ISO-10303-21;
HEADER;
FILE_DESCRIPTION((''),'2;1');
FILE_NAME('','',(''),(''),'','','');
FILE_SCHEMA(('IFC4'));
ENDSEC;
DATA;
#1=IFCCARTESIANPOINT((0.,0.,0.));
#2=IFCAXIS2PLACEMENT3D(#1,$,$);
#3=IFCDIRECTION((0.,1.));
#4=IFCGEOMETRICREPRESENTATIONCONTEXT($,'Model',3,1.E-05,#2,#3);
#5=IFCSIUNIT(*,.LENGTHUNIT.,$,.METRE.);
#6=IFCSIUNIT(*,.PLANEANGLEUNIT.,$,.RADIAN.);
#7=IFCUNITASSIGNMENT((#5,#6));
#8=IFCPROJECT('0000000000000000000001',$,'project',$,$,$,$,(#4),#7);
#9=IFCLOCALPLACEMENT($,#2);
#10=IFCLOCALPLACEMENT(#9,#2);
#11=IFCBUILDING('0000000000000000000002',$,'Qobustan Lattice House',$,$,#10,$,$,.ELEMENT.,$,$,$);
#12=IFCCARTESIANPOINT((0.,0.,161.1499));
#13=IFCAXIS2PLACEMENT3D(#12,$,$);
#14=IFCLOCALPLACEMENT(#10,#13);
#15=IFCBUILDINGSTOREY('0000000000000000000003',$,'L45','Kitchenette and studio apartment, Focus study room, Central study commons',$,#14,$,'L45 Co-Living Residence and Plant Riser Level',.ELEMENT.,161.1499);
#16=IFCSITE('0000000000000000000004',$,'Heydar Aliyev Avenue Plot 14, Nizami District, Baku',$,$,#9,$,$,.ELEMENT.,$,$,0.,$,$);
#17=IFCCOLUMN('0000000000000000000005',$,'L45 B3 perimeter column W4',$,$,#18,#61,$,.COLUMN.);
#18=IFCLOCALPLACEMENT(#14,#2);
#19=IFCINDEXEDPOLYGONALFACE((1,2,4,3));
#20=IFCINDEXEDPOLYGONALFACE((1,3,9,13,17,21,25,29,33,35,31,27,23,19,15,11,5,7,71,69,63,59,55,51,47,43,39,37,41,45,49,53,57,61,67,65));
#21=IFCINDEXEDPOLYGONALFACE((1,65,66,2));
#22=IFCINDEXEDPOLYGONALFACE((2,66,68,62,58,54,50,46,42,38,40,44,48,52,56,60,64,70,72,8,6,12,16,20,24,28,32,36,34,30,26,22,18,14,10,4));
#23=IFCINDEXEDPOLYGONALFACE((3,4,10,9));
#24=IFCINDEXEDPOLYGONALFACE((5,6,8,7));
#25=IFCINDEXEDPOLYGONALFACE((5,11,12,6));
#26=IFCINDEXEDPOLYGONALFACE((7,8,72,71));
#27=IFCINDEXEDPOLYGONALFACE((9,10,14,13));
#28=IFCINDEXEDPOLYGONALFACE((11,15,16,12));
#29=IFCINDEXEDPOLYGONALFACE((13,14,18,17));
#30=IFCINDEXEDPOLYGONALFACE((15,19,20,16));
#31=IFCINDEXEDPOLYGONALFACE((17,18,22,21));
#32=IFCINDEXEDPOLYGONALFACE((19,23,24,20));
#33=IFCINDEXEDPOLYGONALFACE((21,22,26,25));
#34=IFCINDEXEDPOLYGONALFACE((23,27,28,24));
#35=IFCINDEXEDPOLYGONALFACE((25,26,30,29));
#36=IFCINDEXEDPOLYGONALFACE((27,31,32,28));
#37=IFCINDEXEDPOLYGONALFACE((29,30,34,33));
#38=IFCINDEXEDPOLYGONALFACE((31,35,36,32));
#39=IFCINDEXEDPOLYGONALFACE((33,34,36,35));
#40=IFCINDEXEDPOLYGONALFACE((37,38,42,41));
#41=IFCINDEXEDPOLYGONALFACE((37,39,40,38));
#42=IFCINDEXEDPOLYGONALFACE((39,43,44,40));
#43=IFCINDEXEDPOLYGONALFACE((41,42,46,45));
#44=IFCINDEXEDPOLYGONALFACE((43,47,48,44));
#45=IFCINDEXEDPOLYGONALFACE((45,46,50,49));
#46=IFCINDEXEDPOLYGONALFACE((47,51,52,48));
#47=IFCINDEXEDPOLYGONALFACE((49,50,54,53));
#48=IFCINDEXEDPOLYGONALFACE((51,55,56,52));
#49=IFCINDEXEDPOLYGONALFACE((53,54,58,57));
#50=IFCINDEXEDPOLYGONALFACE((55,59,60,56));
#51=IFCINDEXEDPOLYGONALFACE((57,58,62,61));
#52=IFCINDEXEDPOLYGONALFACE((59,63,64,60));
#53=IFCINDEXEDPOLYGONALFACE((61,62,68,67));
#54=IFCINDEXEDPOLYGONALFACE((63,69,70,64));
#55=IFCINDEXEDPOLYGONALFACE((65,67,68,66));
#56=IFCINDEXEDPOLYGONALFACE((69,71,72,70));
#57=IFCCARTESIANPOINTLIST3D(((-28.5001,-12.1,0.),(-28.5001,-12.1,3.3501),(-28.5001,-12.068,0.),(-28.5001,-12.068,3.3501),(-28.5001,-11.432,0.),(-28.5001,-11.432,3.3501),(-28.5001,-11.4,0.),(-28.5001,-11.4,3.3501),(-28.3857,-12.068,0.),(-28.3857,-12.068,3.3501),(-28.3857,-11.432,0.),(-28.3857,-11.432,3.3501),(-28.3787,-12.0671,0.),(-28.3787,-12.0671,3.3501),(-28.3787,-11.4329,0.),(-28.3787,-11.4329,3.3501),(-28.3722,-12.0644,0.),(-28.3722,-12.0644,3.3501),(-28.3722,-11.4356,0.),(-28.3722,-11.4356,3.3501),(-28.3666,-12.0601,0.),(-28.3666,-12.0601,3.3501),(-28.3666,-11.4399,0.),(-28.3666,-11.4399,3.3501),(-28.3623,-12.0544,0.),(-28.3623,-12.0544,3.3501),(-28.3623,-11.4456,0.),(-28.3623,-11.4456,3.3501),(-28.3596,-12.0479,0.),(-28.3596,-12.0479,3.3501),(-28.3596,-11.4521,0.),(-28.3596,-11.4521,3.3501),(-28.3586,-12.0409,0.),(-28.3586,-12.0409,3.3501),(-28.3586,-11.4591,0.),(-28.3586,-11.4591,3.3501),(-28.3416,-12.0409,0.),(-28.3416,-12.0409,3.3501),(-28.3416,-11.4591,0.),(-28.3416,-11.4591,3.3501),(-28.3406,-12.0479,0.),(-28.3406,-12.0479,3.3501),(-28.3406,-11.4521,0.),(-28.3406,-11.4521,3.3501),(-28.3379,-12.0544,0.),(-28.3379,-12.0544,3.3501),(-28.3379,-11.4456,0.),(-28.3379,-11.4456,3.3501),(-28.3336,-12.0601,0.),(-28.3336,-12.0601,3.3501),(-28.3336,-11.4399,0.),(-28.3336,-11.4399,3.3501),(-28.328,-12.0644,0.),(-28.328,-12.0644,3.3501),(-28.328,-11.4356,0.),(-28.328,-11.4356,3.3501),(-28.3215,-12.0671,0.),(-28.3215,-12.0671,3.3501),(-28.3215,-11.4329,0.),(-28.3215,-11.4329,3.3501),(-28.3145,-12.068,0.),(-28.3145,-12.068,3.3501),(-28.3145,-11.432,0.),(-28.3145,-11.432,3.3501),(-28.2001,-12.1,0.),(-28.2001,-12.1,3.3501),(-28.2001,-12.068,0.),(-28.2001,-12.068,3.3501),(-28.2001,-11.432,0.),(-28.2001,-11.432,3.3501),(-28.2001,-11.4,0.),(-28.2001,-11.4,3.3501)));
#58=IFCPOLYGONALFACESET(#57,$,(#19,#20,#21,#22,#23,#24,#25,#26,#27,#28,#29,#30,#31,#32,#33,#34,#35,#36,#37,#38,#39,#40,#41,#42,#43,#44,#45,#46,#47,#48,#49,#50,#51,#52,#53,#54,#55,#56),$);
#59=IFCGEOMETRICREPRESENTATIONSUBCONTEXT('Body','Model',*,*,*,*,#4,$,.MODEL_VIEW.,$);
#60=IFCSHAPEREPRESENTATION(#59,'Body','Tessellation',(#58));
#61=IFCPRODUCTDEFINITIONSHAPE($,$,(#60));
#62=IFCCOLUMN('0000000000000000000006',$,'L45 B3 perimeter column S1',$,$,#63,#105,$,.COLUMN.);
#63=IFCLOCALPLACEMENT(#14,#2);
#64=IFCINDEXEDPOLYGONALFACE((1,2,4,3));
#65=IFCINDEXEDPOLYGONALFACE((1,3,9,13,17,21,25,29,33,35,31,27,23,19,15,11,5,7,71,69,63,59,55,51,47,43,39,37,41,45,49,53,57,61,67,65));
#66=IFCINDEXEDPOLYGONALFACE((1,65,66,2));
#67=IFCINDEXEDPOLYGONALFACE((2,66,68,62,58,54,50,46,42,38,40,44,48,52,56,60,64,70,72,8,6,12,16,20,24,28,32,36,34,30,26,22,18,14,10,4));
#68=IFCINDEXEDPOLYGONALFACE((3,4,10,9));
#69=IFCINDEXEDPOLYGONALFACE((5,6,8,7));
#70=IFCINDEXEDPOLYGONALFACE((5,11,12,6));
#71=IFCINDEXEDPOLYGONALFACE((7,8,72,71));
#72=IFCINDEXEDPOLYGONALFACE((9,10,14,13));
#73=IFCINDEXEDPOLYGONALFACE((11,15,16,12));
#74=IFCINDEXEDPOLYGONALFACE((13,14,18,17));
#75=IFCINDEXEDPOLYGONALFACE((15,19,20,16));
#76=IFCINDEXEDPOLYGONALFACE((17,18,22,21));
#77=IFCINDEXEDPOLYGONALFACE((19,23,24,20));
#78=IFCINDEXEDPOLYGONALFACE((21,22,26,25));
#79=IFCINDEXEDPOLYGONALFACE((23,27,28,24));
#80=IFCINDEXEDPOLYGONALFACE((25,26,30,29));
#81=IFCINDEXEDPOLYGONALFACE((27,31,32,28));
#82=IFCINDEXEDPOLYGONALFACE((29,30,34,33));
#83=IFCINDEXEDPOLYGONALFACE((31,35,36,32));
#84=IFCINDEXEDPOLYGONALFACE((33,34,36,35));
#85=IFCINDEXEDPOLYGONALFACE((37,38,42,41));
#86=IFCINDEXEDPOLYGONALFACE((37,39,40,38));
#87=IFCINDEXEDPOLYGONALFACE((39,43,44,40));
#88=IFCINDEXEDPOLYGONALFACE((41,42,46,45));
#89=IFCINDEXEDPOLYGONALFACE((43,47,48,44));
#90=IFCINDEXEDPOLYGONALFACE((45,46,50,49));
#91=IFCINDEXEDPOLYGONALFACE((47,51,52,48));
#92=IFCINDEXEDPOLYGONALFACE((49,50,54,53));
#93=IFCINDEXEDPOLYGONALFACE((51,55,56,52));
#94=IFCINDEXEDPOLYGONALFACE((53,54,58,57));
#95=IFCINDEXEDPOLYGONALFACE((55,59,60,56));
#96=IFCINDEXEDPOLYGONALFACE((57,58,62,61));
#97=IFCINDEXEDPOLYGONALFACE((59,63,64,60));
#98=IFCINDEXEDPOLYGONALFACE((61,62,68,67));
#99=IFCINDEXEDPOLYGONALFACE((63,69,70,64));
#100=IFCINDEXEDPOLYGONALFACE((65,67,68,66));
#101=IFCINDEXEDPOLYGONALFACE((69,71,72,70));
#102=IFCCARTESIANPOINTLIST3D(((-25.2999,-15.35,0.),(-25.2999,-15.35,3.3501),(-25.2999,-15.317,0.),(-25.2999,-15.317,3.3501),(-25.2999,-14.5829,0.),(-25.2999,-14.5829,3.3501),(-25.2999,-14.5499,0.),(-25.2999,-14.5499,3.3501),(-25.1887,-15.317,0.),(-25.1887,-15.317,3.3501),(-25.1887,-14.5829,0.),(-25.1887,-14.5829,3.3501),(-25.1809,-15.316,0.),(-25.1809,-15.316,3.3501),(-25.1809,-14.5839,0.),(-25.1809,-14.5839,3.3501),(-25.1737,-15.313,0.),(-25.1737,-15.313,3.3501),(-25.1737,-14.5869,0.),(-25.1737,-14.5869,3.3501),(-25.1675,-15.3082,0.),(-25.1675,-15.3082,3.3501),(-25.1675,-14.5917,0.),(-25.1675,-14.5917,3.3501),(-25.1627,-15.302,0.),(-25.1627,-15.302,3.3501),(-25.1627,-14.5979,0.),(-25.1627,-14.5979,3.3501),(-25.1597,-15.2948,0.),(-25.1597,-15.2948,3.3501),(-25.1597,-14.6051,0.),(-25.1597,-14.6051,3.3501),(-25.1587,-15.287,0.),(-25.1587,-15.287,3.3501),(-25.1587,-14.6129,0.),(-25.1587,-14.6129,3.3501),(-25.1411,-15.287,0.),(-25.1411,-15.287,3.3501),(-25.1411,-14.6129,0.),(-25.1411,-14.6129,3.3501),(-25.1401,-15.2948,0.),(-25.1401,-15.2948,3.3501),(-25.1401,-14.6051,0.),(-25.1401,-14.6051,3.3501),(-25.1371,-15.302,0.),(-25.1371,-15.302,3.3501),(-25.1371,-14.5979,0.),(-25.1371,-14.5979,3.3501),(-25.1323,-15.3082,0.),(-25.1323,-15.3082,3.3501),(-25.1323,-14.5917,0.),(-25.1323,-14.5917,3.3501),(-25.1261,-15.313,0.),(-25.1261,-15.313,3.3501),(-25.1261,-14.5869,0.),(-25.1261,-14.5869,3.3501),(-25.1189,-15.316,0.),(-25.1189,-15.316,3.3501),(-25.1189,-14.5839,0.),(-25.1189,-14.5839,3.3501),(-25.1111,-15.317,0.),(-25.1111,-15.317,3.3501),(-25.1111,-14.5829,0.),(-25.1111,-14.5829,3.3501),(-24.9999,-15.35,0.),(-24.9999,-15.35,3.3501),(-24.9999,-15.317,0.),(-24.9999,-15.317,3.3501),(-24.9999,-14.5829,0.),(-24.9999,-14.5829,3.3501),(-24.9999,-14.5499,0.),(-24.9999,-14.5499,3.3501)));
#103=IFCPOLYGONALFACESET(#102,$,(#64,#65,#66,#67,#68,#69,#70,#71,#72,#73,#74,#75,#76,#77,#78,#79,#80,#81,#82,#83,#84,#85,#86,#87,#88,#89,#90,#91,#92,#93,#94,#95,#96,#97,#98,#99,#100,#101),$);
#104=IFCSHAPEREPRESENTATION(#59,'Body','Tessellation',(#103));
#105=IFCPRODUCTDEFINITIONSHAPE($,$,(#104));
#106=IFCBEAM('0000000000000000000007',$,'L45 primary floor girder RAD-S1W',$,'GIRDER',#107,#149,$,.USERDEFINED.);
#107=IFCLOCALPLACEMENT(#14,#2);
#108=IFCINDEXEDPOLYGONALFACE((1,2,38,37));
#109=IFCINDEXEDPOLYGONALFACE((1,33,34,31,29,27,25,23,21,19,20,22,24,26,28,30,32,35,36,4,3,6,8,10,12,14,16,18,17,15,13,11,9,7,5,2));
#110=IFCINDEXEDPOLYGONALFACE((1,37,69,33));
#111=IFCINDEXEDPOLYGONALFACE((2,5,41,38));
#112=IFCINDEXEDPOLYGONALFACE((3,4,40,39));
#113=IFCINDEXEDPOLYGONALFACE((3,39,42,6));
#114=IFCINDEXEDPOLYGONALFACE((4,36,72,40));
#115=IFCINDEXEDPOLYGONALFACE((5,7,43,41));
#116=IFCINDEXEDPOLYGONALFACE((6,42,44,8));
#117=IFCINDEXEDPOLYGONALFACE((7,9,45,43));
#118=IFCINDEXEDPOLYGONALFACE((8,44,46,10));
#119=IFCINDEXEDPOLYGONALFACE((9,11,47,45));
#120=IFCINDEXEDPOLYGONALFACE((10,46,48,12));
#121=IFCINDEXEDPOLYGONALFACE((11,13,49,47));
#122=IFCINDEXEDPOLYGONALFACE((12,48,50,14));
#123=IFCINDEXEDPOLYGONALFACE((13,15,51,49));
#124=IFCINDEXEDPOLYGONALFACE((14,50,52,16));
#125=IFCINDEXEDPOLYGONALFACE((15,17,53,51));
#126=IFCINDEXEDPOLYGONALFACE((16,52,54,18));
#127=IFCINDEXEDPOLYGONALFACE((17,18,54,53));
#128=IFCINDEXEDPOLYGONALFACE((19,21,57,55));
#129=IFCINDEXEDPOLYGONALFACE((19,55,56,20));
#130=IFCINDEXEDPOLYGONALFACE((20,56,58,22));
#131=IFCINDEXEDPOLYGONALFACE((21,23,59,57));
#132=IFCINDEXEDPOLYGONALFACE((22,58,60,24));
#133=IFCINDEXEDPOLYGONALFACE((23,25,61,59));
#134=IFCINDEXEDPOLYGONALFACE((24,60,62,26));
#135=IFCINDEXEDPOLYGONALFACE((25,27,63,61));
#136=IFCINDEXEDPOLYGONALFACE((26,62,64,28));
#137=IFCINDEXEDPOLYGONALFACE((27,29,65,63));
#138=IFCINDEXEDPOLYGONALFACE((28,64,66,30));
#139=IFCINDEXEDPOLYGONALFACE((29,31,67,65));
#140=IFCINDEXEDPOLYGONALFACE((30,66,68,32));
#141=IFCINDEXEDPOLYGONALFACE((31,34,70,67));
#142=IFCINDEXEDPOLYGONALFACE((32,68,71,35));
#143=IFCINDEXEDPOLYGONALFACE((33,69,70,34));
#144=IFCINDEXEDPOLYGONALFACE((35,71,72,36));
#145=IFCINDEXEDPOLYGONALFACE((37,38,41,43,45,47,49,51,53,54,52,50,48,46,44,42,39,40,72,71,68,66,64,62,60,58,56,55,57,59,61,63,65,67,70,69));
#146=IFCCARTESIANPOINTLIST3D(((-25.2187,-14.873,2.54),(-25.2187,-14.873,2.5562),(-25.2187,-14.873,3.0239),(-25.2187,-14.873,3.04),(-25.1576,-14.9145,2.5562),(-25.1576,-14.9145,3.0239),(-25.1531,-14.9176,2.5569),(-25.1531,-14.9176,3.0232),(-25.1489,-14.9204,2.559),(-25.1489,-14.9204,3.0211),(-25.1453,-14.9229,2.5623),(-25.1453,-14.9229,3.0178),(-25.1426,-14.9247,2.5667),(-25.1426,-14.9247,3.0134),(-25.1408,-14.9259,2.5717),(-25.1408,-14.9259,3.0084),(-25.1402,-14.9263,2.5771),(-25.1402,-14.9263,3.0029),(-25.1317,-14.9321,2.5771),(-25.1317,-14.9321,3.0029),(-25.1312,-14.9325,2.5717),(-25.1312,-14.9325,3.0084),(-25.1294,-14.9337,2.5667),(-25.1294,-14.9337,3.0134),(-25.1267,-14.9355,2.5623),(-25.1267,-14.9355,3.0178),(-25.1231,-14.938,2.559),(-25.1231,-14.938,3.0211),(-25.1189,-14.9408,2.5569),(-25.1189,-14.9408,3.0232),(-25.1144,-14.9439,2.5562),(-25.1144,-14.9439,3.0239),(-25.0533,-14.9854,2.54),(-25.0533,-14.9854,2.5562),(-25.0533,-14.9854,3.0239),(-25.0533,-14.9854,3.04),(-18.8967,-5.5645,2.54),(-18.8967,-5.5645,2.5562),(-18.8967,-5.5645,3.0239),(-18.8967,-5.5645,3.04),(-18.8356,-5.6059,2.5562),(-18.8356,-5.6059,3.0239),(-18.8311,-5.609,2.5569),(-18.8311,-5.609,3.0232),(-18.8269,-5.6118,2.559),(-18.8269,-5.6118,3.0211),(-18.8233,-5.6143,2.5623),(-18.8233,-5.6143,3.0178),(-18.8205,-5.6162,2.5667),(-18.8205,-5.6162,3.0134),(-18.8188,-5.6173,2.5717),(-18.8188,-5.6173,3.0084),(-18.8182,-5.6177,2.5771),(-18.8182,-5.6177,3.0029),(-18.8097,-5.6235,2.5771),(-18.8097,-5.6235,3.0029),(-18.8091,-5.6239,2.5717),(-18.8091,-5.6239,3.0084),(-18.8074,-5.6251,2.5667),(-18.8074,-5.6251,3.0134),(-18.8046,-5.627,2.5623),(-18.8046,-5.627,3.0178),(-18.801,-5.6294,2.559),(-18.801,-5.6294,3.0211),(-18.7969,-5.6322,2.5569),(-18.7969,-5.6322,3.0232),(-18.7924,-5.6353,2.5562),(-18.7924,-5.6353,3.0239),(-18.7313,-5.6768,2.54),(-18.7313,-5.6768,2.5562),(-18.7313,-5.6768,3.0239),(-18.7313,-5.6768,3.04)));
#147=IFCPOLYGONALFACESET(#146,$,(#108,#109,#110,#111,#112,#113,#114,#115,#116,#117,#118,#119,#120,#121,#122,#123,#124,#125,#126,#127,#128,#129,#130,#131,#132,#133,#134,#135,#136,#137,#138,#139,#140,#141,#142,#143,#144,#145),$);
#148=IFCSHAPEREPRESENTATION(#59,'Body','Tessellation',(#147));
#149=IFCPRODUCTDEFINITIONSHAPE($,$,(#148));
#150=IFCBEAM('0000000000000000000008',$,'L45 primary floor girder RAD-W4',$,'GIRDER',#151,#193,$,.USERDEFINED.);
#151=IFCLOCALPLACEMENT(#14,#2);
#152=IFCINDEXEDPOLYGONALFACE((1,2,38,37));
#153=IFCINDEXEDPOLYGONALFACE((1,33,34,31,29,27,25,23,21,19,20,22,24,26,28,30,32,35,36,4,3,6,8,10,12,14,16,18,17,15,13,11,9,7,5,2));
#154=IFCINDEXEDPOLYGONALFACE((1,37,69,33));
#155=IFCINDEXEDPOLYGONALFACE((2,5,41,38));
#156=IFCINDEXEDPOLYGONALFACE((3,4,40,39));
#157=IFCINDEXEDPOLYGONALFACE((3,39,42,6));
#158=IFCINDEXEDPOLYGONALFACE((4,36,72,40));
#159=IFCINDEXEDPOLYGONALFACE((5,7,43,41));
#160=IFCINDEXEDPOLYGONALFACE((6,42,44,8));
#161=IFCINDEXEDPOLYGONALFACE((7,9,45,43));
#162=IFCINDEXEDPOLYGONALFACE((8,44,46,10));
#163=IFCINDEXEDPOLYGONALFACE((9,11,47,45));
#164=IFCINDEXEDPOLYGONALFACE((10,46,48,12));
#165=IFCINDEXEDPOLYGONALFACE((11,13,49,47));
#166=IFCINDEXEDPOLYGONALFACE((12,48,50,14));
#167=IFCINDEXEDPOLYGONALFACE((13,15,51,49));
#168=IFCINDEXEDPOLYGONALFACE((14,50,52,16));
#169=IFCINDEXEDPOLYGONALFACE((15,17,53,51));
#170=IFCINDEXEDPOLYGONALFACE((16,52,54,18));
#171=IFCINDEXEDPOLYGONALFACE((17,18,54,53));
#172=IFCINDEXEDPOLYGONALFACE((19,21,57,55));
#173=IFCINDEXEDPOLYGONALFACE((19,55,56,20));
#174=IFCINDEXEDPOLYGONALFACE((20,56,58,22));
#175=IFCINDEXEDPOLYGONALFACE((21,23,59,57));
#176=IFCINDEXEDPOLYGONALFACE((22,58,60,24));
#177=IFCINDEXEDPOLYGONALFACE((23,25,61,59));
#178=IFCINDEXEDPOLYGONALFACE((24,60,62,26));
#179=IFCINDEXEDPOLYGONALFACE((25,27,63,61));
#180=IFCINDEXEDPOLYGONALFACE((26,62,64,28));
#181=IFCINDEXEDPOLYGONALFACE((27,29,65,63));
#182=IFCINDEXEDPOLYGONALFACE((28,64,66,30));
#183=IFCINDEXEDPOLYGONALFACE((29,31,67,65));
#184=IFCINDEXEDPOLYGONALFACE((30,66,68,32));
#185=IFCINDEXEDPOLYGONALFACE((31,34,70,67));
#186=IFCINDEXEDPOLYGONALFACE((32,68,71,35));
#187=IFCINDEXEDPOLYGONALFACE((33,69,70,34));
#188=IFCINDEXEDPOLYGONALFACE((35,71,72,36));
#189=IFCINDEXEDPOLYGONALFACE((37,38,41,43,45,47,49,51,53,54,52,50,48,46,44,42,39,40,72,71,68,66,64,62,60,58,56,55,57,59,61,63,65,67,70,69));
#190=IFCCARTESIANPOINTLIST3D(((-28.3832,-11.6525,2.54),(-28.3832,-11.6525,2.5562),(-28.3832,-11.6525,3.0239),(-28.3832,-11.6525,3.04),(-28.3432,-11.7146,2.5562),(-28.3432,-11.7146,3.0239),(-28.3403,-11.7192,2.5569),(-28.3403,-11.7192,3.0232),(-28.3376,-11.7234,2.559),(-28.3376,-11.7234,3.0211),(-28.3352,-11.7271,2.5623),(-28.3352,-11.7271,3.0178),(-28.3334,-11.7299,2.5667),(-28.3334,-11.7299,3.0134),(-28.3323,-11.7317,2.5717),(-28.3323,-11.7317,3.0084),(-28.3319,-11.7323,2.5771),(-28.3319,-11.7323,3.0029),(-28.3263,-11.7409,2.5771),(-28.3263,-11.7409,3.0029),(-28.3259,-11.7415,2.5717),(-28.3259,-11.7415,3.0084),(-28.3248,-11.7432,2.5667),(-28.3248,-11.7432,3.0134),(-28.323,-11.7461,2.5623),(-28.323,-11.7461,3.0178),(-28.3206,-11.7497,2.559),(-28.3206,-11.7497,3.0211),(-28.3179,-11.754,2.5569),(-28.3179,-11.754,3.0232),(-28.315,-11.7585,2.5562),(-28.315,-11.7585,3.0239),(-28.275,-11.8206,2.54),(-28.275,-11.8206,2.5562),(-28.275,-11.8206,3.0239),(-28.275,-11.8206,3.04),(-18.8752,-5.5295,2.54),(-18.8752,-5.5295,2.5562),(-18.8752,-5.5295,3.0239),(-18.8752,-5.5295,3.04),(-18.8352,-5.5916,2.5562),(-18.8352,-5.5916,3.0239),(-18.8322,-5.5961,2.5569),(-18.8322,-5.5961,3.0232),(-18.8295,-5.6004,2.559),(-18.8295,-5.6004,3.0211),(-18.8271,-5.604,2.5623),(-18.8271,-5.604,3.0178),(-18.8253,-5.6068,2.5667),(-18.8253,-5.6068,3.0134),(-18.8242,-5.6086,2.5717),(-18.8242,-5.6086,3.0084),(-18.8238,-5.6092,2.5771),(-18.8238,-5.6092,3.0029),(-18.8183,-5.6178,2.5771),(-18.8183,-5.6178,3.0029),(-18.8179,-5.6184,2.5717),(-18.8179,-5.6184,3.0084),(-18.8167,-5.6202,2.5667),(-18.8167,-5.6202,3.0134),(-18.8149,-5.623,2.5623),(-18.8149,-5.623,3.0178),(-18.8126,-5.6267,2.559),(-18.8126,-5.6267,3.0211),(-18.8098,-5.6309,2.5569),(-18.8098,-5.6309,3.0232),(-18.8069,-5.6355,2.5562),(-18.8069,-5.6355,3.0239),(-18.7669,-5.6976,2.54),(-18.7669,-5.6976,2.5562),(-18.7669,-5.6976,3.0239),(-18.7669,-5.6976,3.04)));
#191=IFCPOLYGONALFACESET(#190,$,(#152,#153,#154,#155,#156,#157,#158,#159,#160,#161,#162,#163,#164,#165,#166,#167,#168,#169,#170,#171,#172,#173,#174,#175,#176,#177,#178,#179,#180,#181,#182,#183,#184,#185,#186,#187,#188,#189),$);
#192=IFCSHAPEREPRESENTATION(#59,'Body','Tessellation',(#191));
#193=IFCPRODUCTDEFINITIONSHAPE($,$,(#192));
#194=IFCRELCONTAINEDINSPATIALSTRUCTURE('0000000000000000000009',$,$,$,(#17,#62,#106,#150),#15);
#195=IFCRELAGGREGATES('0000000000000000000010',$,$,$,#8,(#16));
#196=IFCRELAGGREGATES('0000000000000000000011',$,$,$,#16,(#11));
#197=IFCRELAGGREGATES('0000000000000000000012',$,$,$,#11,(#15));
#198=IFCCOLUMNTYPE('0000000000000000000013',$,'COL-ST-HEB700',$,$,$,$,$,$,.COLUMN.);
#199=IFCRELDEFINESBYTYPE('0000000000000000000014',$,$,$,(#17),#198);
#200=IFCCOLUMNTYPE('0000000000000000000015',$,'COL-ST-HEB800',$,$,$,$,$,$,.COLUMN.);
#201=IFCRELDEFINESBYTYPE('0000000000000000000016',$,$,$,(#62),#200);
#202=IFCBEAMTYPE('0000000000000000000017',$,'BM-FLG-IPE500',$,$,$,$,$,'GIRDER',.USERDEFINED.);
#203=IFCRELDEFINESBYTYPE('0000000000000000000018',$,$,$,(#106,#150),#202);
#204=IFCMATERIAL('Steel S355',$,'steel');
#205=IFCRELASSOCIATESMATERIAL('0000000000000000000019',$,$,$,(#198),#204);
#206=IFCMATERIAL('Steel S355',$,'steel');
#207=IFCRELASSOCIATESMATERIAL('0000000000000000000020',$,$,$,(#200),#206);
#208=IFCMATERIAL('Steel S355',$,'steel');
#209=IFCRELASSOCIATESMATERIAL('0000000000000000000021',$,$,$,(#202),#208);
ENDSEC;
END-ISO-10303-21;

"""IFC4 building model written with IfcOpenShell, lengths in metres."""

from ifc_helpers import new_model, si_unit, direction, frame, origin, origin_2d, place, context, subcontext, project, spatial, i_section, extrude, material, material_profile, profile_set, type_object, element, save


model = new_model("IFC4")

# Units and contexts
model_context = context("Model", 3, precision=1e-05, world=origin(), true_north=direction((0.0, 1.0)))
body_context = subcontext(model_context, "Body", "Model", "MODEL_VIEW")
ifc_project = project(units=[si_unit("LENGTHUNIT", "METRE"), si_unit("PLANEANGLEUNIT", "RADIAN")], contexts=[model_context])

# Site, building, storey
site_placement = place(None, origin())
site = spatial("IfcSite", under=ifc_project, at=site_placement, Name="Heydar Aliyev Avenue Plot 14, Nizami District, Baku", CompositionType="ELEMENT", RefElevation=0.0)
building_placement = place(site_placement, origin())
building = spatial("IfcBuilding", under=site, at=building_placement, Name="Qobustan Lattice House", CompositionType="ELEMENT")
storey_placement = place(building_placement, frame((0.0, 0.0, 161.1499)))
storey = spatial("IfcBuildingStorey", under=building, at=storey_placement, Name="L45", Description="Kitchenette and studio apartment, Focus study room, Central study commons", LongName="L45 Co-Living Residence and Plant Riser Level", CompositionType="ELEMENT", Elevation=161.1499)

# Columns
ifc_material_1 = material(Name="Steel S355", Category="steel")
ifc_material_profile_1 = material_profile(ifc_material_1, i_section(OverallWidth=0.3, OverallDepth=0.7, WebThickness=0.0171, FlangeThickness=0.032, FilletRadius=0.0271, at=origin_2d()), Name="HEB700")
ifc_profile_set_1 = profile_set([ifc_material_profile_1], Name="Steel S355")
column_type_1 = type_object("IfcColumnType", Name="COL-ST-HEB700", PredefinedType="COLUMN", material=ifc_profile_set_1)
column_1_placement = place(storey_placement, frame((-28.3501, -11.75, 0.0), z_axis=(0.0, 0.0, 1.0), x_axis=(1.0, 0.0, 0.0)))
element("IfcColumn", 1, at=column_1_placement, inside=storey, type_object=column_type_1, Name="L45 B3 perimeter column W4", PredefinedType="COLUMN", context=body_context, shape_type="SweptSolid", body=[
    extrude(i_section(OverallWidth=0.3, OverallDepth=0.7, WebThickness=0.0171, FlangeThickness=0.032, FilletRadius=0.0271, at=origin_2d()), origin(), (0.0, 0.0, 1.0), 3.3501),
])
ifc_material_2 = material(Name="Steel S355", Category="steel")
ifc_material_profile_2 = material_profile(ifc_material_2, i_section(OverallWidth=0.3, OverallDepth=0.8, WebThickness=0.0176, FlangeThickness=0.033, FilletRadius=0.03, at=origin_2d()), Name="HEB800")
ifc_profile_set_2 = profile_set([ifc_material_profile_2], Name="Steel S355")
column_type_2 = type_object("IfcColumnType", Name="COL-ST-HEB800", PredefinedType="COLUMN", material=ifc_profile_set_2)
column_2_placement = place(storey_placement, frame((-25.1499, -14.95, 0.0), z_axis=(0.0, 0.0, 1.0), x_axis=(1.0, 0.0, 0.0)))
element("IfcColumn", 2, at=column_2_placement, inside=storey, type_object=column_type_2, Name="L45 B3 perimeter column S1", PredefinedType="COLUMN", context=body_context, shape_type="SweptSolid", body=[
    extrude(i_section(OverallWidth=0.3, OverallDepth=0.8, WebThickness=0.0176, FlangeThickness=0.033, FilletRadius=0.03, at=origin_2d()), origin(), (0.0, 0.0, 1.0), 3.3501),
])

# Beams
ifc_material_3 = material(Name="Steel S355", Category="steel")
ifc_material_profile_3 = material_profile(ifc_material_3, i_section(OverallWidth=0.2, OverallDepth=0.5, WebThickness=0.0103, FlangeThickness=0.0161, FilletRadius=0.021, at=origin_2d()), Name="IPE500")
ifc_profile_set_3 = profile_set([ifc_material_profile_3], Name="Steel S355")
beam_type_1 = type_object("IfcBeamType", Name="BM-FLG-IPE500", ElementType="GIRDER", PredefinedType="USERDEFINED", material=ifc_profile_set_3)
beam_1_placement = place(storey_placement, frame((-25.136, -14.9292, 2.79), z_axis=(0.561835, 0.82725, 0.0), x_axis=(-0.82725, 0.561835, 0.0)))
element("IfcBeam", 3, at=beam_1_placement, inside=storey, type_object=beam_type_1, Name="L45 primary floor girder RAD-S1W", ObjectType="GIRDER", PredefinedType="USERDEFINED", context=body_context, shape_type="SweptSolid", body=[
    extrude(i_section(OverallWidth=0.2, OverallDepth=0.5, WebThickness=0.0103, FlangeThickness=0.0161, FilletRadius=0.021, at=origin_2d()), origin(), (0.0, 0.0, 1.0), 11.2524),
])
beam_2_placement = place(storey_placement, frame((-28.3291, -11.7366, 2.79), z_axis=(0.840747, 0.541428, 0.0), x_axis=(-0.541428, 0.840747, 0.0)))
element("IfcBeam", 4, at=beam_2_placement, inside=storey, type_object=beam_type_1, Name="L45 primary floor girder RAD-W4", ObjectType="GIRDER", PredefinedType="USERDEFINED", context=body_context, shape_type="SweptSolid", body=[
    extrude(i_section(OverallWidth=0.2, OverallDepth=0.5, WebThickness=0.0103, FlangeThickness=0.0161, FilletRadius=0.021, at=origin_2d()), origin(), (0.0, 0.0, 1.0), 11.3091),
])

save(model, "model.ifc")
